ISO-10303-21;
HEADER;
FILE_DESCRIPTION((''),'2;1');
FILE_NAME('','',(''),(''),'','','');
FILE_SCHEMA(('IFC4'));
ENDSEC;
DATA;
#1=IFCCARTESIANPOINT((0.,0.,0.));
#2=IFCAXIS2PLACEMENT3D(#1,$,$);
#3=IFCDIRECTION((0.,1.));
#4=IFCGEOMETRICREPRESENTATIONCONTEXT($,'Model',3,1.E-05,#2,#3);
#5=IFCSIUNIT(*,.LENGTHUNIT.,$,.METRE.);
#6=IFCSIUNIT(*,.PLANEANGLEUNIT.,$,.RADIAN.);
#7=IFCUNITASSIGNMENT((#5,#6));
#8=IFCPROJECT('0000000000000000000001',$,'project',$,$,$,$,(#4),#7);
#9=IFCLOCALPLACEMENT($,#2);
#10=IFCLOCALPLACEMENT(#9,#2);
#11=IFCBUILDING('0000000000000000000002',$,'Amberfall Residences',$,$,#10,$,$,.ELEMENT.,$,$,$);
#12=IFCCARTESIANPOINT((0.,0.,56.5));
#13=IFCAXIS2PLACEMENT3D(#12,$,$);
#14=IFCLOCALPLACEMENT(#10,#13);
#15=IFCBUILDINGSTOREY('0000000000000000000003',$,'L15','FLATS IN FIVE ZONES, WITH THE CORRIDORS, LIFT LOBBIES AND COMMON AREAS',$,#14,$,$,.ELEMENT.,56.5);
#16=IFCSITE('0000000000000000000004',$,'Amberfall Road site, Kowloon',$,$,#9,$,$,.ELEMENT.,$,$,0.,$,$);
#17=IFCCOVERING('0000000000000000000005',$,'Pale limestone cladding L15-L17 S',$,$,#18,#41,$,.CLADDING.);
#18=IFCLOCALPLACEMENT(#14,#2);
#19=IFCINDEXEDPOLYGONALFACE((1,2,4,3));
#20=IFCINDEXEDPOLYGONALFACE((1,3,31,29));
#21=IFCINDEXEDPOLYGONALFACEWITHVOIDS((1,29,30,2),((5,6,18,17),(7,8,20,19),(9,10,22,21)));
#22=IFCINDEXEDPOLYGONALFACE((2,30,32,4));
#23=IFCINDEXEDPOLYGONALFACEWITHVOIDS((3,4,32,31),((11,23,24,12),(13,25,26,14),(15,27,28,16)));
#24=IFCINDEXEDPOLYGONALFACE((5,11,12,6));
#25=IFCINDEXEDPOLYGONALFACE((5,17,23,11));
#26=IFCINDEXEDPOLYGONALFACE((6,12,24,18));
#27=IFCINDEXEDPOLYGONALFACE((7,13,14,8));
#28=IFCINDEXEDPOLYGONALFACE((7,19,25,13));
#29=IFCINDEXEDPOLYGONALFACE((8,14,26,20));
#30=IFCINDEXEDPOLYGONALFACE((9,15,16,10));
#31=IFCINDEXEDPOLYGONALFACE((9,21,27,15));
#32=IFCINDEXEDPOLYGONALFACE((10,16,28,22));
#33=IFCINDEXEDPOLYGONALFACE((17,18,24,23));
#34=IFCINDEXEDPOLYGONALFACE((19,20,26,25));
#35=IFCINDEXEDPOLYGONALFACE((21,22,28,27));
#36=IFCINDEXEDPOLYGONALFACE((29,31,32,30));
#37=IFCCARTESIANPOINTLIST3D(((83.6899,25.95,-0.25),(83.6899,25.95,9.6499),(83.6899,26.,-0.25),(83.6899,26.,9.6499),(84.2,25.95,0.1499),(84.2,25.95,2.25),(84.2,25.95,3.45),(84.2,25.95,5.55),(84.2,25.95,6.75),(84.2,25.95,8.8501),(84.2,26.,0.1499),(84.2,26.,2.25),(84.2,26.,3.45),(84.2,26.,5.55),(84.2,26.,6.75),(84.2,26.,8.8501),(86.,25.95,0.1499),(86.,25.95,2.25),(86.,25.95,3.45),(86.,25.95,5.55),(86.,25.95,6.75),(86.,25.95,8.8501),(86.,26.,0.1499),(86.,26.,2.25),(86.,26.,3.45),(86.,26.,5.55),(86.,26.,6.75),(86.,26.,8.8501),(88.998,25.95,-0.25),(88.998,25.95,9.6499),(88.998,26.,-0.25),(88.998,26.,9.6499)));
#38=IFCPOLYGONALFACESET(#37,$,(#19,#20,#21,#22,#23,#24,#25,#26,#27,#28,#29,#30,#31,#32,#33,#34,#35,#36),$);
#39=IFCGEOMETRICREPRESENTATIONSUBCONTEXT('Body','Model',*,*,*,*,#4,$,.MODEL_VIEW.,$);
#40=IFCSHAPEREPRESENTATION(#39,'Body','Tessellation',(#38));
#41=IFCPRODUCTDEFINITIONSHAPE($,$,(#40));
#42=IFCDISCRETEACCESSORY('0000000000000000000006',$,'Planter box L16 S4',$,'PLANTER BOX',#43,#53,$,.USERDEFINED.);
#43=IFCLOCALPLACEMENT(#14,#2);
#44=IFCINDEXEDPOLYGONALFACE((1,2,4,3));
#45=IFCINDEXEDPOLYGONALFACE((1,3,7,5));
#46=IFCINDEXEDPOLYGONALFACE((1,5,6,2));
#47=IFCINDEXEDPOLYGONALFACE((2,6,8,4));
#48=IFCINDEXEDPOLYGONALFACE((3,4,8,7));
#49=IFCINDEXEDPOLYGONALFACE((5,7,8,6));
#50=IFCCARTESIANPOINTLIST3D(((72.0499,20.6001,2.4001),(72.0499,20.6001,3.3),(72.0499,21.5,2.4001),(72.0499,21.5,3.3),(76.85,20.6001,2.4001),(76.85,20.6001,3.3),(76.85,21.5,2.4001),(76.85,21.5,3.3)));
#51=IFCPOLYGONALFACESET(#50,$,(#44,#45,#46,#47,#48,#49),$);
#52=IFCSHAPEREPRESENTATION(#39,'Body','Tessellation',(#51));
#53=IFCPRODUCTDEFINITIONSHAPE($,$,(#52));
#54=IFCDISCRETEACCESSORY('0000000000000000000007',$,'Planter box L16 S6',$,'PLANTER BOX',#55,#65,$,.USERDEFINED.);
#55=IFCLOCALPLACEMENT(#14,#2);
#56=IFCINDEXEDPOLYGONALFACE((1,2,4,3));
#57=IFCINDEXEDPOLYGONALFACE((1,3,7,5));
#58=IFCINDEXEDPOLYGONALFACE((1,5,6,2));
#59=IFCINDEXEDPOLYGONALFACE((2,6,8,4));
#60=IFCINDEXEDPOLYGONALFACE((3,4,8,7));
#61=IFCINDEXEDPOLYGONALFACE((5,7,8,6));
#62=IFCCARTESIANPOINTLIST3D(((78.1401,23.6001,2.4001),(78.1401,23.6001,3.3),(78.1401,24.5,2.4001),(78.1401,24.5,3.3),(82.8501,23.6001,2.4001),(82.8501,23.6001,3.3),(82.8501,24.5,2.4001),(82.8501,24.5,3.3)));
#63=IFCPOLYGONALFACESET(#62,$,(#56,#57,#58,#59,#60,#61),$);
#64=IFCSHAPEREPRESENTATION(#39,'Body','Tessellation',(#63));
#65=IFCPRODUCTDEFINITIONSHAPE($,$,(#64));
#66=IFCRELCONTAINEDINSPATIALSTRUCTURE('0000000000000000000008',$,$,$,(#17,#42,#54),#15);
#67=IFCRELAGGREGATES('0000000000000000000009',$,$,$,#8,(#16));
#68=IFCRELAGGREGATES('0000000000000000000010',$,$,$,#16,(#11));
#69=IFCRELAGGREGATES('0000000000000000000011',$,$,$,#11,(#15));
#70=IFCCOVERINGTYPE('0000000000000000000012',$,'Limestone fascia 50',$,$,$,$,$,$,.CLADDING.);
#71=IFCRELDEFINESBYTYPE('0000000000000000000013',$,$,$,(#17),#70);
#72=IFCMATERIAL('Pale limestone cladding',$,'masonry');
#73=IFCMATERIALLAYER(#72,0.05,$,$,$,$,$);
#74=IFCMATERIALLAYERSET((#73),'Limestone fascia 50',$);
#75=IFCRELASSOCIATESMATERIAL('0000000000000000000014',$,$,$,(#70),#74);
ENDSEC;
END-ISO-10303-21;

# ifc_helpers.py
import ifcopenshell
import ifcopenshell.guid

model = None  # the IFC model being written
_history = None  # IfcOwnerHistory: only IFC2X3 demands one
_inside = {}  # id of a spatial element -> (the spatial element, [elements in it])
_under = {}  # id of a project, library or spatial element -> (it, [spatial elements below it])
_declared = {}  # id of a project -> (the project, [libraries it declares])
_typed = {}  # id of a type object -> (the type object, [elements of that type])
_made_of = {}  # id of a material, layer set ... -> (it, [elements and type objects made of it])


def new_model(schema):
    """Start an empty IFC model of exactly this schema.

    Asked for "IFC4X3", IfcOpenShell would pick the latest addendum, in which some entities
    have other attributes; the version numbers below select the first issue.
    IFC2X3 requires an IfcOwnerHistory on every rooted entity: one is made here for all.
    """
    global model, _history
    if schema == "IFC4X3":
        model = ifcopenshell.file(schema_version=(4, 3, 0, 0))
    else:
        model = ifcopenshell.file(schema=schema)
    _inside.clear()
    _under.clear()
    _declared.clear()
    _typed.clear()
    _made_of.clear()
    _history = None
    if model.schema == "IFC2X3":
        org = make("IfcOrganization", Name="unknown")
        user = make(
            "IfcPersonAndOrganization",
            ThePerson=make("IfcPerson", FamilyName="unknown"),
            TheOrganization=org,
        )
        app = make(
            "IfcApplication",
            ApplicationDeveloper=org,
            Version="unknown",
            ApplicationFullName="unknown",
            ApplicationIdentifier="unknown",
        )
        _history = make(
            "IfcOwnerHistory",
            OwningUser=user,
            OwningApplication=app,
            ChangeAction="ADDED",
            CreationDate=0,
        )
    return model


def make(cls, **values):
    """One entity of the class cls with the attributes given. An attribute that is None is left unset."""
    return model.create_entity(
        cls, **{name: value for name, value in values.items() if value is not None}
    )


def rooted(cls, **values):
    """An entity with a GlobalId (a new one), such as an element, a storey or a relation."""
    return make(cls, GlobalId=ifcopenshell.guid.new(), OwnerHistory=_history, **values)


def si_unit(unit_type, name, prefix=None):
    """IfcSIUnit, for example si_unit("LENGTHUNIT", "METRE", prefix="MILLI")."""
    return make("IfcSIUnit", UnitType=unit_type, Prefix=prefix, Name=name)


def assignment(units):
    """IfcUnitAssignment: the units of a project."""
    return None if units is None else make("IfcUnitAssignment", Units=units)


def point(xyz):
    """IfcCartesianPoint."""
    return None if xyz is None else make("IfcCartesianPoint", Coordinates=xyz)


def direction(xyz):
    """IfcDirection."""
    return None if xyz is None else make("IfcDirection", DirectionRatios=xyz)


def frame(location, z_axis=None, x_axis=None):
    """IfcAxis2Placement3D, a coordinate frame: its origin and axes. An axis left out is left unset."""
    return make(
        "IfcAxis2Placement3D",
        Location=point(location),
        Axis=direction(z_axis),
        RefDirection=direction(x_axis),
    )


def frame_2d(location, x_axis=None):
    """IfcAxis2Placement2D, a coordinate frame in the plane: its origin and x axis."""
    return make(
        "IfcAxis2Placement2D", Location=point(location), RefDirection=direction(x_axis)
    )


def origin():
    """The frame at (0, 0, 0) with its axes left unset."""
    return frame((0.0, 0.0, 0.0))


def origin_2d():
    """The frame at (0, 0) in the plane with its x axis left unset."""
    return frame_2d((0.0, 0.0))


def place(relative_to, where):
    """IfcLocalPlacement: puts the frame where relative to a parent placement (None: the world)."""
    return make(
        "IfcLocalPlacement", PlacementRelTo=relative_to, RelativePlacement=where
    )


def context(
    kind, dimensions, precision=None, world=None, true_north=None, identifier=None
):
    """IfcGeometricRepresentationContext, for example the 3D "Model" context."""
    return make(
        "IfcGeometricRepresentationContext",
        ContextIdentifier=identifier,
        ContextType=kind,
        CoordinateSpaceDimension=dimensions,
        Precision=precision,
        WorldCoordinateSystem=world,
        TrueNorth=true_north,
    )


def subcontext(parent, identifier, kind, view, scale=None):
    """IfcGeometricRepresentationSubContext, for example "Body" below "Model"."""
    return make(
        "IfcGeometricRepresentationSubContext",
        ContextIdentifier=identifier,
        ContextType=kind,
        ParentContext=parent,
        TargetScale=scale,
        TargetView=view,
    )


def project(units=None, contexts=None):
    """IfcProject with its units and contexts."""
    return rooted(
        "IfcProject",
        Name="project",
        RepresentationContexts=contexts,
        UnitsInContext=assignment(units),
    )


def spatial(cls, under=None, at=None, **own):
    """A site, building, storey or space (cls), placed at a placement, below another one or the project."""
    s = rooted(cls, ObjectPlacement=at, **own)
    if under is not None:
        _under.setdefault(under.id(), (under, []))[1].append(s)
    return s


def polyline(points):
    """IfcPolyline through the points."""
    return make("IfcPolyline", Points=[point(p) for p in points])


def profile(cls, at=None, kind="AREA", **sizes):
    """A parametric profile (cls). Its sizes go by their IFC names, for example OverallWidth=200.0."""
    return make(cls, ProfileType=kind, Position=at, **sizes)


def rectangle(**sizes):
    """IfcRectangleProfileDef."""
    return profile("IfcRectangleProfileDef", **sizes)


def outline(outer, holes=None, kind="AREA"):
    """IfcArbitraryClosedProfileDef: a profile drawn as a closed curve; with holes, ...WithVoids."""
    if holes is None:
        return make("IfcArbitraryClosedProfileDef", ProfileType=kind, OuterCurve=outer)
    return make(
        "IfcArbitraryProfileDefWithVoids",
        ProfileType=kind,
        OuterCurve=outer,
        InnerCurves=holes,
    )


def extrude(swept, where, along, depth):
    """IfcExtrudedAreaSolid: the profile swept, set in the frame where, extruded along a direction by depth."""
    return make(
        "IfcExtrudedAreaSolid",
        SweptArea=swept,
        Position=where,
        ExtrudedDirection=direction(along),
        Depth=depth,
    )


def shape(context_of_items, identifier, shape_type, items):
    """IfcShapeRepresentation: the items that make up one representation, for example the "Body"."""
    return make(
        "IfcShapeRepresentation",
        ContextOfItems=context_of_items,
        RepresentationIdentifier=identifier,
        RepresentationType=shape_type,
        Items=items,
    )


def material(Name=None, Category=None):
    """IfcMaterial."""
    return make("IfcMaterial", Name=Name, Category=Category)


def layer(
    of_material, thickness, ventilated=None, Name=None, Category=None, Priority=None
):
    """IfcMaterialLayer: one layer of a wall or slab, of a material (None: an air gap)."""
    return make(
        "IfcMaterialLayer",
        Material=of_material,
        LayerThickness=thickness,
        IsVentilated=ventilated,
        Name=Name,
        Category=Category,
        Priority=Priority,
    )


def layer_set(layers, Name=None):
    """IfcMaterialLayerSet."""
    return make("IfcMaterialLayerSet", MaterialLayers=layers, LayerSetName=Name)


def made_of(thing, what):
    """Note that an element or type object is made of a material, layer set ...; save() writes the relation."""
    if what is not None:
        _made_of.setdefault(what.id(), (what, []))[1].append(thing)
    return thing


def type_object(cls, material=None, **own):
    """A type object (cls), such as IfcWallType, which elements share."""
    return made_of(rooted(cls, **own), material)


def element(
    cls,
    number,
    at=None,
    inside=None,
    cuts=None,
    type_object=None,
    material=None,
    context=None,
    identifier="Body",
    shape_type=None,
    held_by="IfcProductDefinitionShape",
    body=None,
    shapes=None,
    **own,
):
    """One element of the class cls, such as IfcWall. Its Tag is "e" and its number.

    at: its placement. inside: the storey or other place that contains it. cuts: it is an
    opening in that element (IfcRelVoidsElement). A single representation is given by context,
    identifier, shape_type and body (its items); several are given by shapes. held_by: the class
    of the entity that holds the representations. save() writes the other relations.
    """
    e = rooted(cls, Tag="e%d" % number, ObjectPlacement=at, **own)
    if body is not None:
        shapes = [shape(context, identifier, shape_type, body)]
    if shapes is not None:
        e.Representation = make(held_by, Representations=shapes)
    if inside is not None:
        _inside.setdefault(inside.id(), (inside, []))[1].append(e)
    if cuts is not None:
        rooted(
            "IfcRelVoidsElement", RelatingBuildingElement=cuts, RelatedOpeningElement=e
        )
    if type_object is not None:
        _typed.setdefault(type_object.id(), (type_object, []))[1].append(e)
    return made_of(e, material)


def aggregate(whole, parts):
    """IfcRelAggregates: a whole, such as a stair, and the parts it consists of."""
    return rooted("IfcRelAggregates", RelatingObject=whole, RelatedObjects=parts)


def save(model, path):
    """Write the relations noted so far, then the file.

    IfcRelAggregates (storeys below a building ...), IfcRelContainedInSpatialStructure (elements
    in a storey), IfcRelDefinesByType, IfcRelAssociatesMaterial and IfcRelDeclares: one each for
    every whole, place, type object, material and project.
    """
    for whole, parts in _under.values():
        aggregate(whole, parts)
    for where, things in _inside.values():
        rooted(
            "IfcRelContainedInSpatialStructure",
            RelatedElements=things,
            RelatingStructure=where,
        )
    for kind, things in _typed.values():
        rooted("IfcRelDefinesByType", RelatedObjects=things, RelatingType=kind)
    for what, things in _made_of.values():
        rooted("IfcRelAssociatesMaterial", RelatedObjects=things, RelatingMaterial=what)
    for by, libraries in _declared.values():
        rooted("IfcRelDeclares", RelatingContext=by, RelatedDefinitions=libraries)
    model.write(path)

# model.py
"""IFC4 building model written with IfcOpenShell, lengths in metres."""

from ifc_helpers import new_model, si_unit, direction, frame, origin, origin_2d, place, context, subcontext, project, spatial, polyline, rectangle, outline, extrude, material, layer, layer_set, type_object, element, save


model = new_model("IFC4")

# Units and contexts
model_context = context("Model", 3, precision=1e-05, world=origin(), true_north=direction((0.0, 1.0)))
body_context = subcontext(model_context, "Body", "Model", "MODEL_VIEW")
ifc_project = project(units=[si_unit("LENGTHUNIT", "METRE"), si_unit("PLANEANGLEUNIT", "RADIAN")], contexts=[model_context])

# Site, building, storey
site_placement = place(None, origin())
site = spatial("IfcSite", under=ifc_project, at=site_placement, Name="Amberfall Road site, Kowloon", CompositionType="ELEMENT", RefElevation=0.0)
building_placement = place(site_placement, origin())
building = spatial("IfcBuilding", under=site, at=building_placement, Name="Amberfall Residences", CompositionType="ELEMENT")
storey_placement = place(building_placement, frame((0.0, 0.0, 56.5)))
storey = spatial("IfcBuildingStorey", under=building, at=storey_placement, Name="L15", Description="FLATS IN FIVE ZONES, WITH THE CORRIDORS, LIFT LOBBIES AND COMMON AREAS", CompositionType="ELEMENT", Elevation=56.5)

# Covering
ifc_material_1 = material(Name="Pale limestone cladding", Category="masonry")
ifc_layer_1 = layer(ifc_material_1, 0.05)
ifc_layer_set_1 = layer_set([ifc_layer_1], Name="Limestone fascia 50")
covering_type = type_object("IfcCoveringType", Name="Limestone fascia 50", PredefinedType="CLADDING", material=ifc_layer_set_1)
covering_1_placement = place(storey_placement, frame((83.6899, 26.0, 9.6499), z_axis=(0.0, 1.0, 0.0), x_axis=(1.0, 0.0, 0.0)))
element("IfcCovering", 1, at=covering_1_placement, inside=storey, type_object=covering_type, Name="Pale limestone cladding L15-L17 S", PredefinedType="CLADDING", context=body_context, shape_type="SweptSolid", body=[
    extrude(outline(polyline([(0.0, 0.0), (5.3081, 0.0), (5.3081, 9.8999), (0.0, 9.8999), (0.0, 0.0)]), holes=[polyline([(0.51, 7.3999), (2.3101, 7.3999), (2.3101, 9.5), (0.51, 9.5), (0.51, 7.3999)]), polyline([(0.51, 4.0999), (2.3101, 4.0999), (2.3101, 6.2), (0.51, 6.2), (0.51, 4.0999)]), polyline([(0.51, 0.7998), (2.3101, 0.7998), (2.3101, 2.8999), (0.51, 2.8999), (0.51, 0.7998)])]), origin(), (0.0, 0.0, -1.0), 0.05),
])

# Discrete accessories
discrete_accessory_1_placement = place(storey_placement, frame((74.45, 21.05, 2.4001), z_axis=(0.0, 0.0, 1.0), x_axis=(1.0, 0.0, 0.0)))
element("IfcDiscreteAccessory", 2, at=discrete_accessory_1_placement, inside=storey, Name="Planter box L16 S4", ObjectType="PLANTER BOX", PredefinedType="USERDEFINED", context=body_context, shape_type="SweptSolid", body=[
    extrude(rectangle(XDim=4.8, YDim=0.8999, at=origin_2d()), origin(), (0.0, 0.0, 1.0), 0.8999),
])
discrete_accessory_2_placement = place(storey_placement, frame((80.4951, 24.05, 2.4001), z_axis=(0.0, 0.0, 1.0), x_axis=(1.0, 0.0, 0.0)))
element("IfcDiscreteAccessory", 3, at=discrete_accessory_2_placement, inside=storey, Name="Planter box L16 S6", ObjectType="PLANTER BOX", PredefinedType="USERDEFINED", context=body_context, shape_type="SweptSolid", body=[
    extrude(rectangle(XDim=4.71, YDim=0.8999, at=origin_2d()), origin(), (0.0, 0.0, 1.0), 0.8999),
])

save(model, "model.ifc")
